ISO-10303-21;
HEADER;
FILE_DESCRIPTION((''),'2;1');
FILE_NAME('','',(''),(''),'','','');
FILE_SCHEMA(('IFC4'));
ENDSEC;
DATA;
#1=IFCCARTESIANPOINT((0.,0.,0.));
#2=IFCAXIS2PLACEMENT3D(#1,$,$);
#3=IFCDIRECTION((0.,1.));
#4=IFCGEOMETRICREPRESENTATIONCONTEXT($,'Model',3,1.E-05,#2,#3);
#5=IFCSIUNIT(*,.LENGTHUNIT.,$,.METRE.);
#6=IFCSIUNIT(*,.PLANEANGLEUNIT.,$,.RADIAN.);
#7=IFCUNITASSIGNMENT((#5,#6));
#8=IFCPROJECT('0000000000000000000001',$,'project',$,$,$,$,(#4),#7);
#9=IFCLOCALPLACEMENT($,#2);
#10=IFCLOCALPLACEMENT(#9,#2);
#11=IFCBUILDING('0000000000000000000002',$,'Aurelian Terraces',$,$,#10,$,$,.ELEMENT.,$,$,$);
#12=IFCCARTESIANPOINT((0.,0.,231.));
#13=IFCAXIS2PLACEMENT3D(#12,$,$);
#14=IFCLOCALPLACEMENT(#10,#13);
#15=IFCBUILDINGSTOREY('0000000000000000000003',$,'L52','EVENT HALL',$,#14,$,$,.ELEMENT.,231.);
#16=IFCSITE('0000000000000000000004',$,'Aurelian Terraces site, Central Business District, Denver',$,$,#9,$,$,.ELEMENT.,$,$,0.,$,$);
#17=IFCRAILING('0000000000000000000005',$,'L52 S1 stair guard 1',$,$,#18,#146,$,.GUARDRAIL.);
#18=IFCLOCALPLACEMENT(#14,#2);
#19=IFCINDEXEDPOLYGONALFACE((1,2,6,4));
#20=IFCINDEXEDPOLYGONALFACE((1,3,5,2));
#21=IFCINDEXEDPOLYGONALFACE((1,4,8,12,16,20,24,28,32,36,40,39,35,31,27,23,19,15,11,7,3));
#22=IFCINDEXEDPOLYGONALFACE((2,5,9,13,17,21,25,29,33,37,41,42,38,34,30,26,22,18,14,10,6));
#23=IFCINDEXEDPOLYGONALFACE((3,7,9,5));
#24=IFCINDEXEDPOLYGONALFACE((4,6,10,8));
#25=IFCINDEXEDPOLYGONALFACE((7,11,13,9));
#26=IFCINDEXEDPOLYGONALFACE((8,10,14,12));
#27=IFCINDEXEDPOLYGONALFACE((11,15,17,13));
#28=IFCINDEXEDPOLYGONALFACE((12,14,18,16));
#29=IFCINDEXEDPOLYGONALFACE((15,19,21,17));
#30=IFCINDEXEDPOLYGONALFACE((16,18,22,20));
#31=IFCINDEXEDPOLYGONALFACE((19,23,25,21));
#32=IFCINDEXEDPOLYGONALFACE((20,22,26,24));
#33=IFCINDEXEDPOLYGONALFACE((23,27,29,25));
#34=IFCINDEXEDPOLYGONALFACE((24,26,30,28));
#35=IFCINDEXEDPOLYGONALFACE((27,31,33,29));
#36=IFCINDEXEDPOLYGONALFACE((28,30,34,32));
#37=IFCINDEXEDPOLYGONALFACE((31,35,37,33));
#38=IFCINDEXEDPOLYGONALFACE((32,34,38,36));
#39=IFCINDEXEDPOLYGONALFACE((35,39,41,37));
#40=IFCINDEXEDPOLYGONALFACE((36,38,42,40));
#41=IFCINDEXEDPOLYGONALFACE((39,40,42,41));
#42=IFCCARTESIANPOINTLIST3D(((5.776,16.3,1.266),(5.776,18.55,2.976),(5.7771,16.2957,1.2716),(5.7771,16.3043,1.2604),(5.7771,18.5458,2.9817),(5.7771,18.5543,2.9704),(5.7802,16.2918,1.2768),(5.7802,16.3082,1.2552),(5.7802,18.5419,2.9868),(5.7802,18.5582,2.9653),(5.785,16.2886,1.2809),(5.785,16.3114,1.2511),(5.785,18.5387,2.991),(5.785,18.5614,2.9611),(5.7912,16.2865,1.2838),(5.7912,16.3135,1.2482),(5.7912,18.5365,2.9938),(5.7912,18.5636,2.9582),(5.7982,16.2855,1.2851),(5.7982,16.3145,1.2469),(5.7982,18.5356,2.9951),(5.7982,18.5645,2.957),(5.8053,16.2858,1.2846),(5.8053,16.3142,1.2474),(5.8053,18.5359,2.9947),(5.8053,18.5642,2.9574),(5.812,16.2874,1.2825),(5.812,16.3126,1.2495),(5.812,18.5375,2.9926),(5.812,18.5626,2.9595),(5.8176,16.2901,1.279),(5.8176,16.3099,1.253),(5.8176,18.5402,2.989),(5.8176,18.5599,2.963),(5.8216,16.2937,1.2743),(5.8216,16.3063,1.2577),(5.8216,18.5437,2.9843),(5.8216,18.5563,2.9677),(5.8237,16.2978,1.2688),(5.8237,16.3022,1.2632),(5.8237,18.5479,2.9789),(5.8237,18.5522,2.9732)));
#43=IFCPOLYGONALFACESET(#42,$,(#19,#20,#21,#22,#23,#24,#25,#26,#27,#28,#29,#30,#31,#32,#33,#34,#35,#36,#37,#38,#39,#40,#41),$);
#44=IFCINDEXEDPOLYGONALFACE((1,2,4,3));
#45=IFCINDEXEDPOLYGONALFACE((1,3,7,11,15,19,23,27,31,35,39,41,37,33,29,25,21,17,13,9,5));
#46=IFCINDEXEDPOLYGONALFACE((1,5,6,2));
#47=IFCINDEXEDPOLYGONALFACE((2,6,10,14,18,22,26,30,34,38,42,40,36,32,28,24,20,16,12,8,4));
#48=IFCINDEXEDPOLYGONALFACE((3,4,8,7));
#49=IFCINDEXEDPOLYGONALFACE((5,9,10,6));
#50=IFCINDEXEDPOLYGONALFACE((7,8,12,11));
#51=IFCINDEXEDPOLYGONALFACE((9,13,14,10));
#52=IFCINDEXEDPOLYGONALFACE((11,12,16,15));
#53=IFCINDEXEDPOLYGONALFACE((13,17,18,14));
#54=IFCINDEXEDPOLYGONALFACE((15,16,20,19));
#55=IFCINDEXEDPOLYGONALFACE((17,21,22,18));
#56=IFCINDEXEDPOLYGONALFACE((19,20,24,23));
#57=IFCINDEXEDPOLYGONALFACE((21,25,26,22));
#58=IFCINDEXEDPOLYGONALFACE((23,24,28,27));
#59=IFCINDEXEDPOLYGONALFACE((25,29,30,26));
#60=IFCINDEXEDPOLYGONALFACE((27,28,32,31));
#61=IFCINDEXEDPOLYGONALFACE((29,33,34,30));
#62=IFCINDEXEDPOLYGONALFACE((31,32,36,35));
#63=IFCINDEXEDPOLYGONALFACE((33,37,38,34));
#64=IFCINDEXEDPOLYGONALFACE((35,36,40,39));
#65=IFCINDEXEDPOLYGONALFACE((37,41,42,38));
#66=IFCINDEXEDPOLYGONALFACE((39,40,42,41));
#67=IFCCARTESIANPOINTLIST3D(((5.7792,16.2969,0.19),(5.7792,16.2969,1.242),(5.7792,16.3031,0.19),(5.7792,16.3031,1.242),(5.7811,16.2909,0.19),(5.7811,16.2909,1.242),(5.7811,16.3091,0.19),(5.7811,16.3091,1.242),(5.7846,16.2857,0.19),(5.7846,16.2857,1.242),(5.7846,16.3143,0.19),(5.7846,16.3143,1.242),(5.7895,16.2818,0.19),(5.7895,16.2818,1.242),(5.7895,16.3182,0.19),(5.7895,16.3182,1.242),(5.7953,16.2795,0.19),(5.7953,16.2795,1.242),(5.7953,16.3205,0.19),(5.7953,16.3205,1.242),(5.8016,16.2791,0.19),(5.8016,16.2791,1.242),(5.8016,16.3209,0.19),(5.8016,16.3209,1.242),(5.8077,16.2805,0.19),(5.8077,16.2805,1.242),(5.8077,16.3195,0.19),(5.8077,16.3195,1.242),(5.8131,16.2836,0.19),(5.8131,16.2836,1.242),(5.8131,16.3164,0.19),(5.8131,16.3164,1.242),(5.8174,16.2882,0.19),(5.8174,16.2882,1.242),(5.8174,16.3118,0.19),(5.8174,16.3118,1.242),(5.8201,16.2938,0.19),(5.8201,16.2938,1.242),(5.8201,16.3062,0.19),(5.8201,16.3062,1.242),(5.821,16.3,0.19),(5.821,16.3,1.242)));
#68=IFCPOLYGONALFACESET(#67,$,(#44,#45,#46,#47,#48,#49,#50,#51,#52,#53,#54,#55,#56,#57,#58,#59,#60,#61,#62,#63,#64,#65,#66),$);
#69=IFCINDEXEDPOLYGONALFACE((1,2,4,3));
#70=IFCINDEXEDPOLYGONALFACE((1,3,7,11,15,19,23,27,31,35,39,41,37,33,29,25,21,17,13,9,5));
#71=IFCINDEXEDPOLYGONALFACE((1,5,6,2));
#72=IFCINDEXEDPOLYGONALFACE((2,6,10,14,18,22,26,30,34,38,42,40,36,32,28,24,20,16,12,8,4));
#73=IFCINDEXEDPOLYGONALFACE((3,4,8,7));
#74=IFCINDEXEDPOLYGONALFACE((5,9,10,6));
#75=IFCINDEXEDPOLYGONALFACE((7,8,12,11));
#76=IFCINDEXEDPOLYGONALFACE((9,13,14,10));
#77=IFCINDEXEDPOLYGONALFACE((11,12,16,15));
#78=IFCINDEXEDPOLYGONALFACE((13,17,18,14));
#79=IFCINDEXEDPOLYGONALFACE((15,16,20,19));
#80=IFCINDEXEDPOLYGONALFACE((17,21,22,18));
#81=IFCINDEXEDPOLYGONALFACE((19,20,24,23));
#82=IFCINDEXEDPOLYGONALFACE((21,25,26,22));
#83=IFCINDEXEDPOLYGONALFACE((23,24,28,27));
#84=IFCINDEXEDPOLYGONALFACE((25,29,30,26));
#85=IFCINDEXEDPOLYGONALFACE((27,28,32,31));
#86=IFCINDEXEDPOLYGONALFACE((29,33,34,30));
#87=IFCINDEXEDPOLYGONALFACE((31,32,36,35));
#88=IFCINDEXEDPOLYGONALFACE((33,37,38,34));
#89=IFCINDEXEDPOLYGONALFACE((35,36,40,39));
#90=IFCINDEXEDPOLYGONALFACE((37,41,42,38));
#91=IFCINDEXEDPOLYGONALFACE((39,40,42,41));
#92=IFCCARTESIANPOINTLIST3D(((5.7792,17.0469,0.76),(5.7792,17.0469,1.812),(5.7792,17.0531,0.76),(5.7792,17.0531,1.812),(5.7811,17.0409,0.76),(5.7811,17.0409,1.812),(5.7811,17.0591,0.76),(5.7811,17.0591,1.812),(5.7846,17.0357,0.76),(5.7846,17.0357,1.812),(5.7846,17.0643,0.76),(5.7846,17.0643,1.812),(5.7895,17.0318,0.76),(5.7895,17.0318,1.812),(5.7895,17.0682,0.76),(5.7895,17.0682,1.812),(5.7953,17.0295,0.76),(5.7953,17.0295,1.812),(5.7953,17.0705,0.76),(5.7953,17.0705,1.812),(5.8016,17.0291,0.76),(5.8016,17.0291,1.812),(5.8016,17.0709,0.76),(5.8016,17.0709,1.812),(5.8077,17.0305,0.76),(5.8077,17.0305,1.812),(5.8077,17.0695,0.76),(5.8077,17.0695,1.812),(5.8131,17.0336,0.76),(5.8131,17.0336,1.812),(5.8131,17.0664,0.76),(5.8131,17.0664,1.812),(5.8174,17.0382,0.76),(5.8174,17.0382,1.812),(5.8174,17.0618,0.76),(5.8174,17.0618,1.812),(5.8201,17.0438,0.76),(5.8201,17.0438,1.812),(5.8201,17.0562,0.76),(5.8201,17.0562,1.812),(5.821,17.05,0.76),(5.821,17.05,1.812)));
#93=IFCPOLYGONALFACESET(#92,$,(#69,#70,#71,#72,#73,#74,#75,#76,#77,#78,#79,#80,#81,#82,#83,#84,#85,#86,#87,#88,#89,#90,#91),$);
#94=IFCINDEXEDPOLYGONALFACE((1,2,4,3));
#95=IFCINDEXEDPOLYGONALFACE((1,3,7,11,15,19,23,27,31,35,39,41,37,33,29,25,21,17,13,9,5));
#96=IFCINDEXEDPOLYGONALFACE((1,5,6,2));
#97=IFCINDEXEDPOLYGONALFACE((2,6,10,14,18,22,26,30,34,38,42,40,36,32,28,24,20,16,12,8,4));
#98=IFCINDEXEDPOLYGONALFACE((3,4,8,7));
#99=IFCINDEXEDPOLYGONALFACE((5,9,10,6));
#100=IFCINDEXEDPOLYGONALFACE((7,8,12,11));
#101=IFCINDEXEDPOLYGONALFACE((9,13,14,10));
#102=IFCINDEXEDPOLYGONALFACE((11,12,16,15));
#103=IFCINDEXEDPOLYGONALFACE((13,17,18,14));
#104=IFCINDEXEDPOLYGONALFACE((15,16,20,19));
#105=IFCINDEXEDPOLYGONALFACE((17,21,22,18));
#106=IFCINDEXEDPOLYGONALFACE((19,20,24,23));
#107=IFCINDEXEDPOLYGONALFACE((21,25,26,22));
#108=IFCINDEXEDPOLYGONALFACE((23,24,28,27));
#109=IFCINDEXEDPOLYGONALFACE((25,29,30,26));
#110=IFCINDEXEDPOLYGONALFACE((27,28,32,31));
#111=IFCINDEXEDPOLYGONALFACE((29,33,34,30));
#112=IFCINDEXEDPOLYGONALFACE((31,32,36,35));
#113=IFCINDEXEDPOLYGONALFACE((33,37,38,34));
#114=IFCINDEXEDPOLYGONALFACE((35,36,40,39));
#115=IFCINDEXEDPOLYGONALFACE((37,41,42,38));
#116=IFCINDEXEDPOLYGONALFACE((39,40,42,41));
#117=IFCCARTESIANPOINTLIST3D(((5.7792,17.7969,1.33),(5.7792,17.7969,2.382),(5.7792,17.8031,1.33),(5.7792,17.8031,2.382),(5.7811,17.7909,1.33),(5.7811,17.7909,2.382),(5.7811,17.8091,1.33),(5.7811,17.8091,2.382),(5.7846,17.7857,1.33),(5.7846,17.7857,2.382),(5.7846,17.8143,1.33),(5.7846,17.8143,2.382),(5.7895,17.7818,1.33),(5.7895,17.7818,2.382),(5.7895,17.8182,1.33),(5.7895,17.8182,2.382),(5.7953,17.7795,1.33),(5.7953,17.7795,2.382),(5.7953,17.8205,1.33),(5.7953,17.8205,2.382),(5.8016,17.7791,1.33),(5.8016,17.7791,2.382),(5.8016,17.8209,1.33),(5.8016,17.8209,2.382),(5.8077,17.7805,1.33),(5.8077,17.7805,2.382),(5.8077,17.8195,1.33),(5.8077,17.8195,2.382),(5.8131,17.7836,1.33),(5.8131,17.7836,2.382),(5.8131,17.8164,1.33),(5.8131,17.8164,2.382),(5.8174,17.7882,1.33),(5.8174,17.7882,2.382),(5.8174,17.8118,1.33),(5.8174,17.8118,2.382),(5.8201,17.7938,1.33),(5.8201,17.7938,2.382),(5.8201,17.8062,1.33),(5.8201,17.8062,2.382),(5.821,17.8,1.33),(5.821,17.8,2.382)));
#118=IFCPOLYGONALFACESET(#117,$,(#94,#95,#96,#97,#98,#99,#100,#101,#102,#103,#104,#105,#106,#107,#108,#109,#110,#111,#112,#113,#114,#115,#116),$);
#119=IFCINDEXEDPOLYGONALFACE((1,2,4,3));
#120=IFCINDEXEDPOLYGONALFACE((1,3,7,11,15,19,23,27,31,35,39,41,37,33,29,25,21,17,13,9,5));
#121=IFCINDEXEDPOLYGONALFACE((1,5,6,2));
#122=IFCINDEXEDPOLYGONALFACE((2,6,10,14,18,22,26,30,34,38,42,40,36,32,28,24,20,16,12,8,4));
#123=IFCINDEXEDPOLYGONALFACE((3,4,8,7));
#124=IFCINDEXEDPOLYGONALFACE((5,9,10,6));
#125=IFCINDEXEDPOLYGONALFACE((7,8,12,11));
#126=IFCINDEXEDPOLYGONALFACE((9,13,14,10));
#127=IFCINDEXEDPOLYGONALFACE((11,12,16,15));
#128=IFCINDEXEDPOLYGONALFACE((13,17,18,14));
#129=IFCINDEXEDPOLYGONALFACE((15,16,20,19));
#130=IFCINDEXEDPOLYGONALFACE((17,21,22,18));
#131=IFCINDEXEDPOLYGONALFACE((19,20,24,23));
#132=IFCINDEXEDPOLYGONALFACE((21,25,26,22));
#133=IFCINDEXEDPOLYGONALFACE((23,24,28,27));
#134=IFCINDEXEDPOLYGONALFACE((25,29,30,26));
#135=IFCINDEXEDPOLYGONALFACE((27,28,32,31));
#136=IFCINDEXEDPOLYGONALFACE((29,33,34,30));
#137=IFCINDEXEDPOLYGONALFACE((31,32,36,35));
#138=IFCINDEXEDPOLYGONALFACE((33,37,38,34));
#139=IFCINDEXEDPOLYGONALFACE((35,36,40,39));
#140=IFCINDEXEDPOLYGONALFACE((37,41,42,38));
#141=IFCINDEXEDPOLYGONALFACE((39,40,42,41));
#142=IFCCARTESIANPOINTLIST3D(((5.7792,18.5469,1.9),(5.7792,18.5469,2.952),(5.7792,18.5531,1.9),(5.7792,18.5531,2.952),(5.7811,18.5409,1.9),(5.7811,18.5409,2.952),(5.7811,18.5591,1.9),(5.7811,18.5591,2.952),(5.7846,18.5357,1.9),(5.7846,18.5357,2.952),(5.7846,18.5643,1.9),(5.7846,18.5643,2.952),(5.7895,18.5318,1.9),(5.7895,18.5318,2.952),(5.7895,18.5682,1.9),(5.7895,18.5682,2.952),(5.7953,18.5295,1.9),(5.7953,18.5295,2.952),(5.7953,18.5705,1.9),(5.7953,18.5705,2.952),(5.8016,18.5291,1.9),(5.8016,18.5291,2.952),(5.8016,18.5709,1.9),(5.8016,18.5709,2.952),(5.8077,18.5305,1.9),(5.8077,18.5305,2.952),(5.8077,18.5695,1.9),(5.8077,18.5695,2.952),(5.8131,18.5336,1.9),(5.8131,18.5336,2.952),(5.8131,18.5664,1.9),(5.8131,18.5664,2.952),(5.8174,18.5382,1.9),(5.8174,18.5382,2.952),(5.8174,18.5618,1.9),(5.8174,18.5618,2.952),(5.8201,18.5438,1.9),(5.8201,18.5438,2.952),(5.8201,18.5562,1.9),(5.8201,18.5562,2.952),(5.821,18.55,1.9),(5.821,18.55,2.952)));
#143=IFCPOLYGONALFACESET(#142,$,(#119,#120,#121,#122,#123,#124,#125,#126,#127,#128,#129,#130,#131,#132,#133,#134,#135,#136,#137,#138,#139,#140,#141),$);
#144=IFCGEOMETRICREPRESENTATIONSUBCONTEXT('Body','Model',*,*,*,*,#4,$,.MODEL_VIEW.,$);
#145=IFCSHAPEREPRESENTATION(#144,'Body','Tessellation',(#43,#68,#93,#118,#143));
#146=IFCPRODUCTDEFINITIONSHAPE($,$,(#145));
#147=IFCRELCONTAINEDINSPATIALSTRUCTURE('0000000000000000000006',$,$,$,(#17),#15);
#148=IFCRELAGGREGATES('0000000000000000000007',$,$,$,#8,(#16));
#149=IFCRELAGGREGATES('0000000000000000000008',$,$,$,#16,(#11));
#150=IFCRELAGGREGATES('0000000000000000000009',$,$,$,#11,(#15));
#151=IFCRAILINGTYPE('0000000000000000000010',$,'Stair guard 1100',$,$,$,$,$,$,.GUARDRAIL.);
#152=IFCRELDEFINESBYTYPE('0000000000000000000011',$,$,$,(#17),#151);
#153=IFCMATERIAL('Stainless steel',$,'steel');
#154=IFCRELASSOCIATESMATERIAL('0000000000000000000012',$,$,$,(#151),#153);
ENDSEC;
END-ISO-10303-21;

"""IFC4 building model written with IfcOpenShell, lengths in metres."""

from ifc_helpers import new_model, si_unit, direction, frame, origin, origin_2d, place, context, subcontext, project, spatial, circle, extrude, source, transform, mapped, material, type_object, element, save


model = new_model("IFC4")

# Units and contexts
model_context = context("Model", 3, precision=1e-05, world=origin(), true_north=direction((0.0, 1.0)))
body_context = subcontext(model_context, "Body", "Model", "MODEL_VIEW")
ifc_project = project(units=[si_unit("LENGTHUNIT", "METRE"), si_unit("PLANEANGLEUNIT", "RADIAN")], contexts=[model_context])

# Site, building, storey
site_placement = place(None, origin())
site = spatial("IfcSite", under=ifc_project, at=site_placement, Name="Aurelian Terraces site, Central Business District, Denver", CompositionType="ELEMENT", RefElevation=0.0)
building_placement = place(site_placement, origin())
building = spatial("IfcBuilding", under=site, at=building_placement, Name="Aurelian Terraces", CompositionType="ELEMENT")
storey_placement = place(building_placement, frame((0.0, 0.0, 231.0)))
storey = spatial("IfcBuildingStorey", under=building, at=storey_placement, Name="L52", Description="EVENT HALL", CompositionType="ELEMENT", Elevation=231.0)

# Shared definitions
ifc_material_1 = material(Name="Stainless steel", Category="steel")

# Railing
railing_type = type_object("IfcRailingType", Name="Stair guard 1100", PredefinedType="GUARDRAIL", material=ifc_material_1)
shared_shape_1 = source(origin(), body_context, "Body", "SweptSolid", [
    extrude(circle(Radius=0.024, at=origin_2d()), frame((0.0, 0.0, 1.076), z_axis=(0.0, 0.796162, 0.605083), x_axis=(-1.0, 0.0, 0.0)), (0.0, 0.0, 1.0), 2.8261),
    extrude(circle(Radius=0.021, at=origin_2d()), origin(), (0.0, 0.0, 1.0), 1.052),
    extrude(circle(Radius=0.021, at=origin_2d()), frame((0.0, 0.75, 0.57)), (0.0, 0.0, 1.0), 1.052),
    extrude(circle(Radius=0.021, at=origin_2d()), frame((0.0, 1.5, 1.14)), (0.0, 0.0, 1.0), 1.052),
    extrude(circle(Radius=0.021, at=origin_2d()), frame((0.0, 2.25, 1.71)), (0.0, 0.0, 1.0), 1.052),
])
railing_placement = place(storey_placement, frame((5.8, 16.3, 0.19)))
element("IfcRailing", 1, at=railing_placement, inside=storey, type_object=railing_type, Name="L52 S1 stair guard 1", PredefinedType="GUARDRAIL", context=body_context, shape_type="MappedRepresentation", body=[
    mapped(shared_shape_1, transform((0.0, 0.0, 0.0), scale=1.0)),
])

save(model, "model.ifc")
